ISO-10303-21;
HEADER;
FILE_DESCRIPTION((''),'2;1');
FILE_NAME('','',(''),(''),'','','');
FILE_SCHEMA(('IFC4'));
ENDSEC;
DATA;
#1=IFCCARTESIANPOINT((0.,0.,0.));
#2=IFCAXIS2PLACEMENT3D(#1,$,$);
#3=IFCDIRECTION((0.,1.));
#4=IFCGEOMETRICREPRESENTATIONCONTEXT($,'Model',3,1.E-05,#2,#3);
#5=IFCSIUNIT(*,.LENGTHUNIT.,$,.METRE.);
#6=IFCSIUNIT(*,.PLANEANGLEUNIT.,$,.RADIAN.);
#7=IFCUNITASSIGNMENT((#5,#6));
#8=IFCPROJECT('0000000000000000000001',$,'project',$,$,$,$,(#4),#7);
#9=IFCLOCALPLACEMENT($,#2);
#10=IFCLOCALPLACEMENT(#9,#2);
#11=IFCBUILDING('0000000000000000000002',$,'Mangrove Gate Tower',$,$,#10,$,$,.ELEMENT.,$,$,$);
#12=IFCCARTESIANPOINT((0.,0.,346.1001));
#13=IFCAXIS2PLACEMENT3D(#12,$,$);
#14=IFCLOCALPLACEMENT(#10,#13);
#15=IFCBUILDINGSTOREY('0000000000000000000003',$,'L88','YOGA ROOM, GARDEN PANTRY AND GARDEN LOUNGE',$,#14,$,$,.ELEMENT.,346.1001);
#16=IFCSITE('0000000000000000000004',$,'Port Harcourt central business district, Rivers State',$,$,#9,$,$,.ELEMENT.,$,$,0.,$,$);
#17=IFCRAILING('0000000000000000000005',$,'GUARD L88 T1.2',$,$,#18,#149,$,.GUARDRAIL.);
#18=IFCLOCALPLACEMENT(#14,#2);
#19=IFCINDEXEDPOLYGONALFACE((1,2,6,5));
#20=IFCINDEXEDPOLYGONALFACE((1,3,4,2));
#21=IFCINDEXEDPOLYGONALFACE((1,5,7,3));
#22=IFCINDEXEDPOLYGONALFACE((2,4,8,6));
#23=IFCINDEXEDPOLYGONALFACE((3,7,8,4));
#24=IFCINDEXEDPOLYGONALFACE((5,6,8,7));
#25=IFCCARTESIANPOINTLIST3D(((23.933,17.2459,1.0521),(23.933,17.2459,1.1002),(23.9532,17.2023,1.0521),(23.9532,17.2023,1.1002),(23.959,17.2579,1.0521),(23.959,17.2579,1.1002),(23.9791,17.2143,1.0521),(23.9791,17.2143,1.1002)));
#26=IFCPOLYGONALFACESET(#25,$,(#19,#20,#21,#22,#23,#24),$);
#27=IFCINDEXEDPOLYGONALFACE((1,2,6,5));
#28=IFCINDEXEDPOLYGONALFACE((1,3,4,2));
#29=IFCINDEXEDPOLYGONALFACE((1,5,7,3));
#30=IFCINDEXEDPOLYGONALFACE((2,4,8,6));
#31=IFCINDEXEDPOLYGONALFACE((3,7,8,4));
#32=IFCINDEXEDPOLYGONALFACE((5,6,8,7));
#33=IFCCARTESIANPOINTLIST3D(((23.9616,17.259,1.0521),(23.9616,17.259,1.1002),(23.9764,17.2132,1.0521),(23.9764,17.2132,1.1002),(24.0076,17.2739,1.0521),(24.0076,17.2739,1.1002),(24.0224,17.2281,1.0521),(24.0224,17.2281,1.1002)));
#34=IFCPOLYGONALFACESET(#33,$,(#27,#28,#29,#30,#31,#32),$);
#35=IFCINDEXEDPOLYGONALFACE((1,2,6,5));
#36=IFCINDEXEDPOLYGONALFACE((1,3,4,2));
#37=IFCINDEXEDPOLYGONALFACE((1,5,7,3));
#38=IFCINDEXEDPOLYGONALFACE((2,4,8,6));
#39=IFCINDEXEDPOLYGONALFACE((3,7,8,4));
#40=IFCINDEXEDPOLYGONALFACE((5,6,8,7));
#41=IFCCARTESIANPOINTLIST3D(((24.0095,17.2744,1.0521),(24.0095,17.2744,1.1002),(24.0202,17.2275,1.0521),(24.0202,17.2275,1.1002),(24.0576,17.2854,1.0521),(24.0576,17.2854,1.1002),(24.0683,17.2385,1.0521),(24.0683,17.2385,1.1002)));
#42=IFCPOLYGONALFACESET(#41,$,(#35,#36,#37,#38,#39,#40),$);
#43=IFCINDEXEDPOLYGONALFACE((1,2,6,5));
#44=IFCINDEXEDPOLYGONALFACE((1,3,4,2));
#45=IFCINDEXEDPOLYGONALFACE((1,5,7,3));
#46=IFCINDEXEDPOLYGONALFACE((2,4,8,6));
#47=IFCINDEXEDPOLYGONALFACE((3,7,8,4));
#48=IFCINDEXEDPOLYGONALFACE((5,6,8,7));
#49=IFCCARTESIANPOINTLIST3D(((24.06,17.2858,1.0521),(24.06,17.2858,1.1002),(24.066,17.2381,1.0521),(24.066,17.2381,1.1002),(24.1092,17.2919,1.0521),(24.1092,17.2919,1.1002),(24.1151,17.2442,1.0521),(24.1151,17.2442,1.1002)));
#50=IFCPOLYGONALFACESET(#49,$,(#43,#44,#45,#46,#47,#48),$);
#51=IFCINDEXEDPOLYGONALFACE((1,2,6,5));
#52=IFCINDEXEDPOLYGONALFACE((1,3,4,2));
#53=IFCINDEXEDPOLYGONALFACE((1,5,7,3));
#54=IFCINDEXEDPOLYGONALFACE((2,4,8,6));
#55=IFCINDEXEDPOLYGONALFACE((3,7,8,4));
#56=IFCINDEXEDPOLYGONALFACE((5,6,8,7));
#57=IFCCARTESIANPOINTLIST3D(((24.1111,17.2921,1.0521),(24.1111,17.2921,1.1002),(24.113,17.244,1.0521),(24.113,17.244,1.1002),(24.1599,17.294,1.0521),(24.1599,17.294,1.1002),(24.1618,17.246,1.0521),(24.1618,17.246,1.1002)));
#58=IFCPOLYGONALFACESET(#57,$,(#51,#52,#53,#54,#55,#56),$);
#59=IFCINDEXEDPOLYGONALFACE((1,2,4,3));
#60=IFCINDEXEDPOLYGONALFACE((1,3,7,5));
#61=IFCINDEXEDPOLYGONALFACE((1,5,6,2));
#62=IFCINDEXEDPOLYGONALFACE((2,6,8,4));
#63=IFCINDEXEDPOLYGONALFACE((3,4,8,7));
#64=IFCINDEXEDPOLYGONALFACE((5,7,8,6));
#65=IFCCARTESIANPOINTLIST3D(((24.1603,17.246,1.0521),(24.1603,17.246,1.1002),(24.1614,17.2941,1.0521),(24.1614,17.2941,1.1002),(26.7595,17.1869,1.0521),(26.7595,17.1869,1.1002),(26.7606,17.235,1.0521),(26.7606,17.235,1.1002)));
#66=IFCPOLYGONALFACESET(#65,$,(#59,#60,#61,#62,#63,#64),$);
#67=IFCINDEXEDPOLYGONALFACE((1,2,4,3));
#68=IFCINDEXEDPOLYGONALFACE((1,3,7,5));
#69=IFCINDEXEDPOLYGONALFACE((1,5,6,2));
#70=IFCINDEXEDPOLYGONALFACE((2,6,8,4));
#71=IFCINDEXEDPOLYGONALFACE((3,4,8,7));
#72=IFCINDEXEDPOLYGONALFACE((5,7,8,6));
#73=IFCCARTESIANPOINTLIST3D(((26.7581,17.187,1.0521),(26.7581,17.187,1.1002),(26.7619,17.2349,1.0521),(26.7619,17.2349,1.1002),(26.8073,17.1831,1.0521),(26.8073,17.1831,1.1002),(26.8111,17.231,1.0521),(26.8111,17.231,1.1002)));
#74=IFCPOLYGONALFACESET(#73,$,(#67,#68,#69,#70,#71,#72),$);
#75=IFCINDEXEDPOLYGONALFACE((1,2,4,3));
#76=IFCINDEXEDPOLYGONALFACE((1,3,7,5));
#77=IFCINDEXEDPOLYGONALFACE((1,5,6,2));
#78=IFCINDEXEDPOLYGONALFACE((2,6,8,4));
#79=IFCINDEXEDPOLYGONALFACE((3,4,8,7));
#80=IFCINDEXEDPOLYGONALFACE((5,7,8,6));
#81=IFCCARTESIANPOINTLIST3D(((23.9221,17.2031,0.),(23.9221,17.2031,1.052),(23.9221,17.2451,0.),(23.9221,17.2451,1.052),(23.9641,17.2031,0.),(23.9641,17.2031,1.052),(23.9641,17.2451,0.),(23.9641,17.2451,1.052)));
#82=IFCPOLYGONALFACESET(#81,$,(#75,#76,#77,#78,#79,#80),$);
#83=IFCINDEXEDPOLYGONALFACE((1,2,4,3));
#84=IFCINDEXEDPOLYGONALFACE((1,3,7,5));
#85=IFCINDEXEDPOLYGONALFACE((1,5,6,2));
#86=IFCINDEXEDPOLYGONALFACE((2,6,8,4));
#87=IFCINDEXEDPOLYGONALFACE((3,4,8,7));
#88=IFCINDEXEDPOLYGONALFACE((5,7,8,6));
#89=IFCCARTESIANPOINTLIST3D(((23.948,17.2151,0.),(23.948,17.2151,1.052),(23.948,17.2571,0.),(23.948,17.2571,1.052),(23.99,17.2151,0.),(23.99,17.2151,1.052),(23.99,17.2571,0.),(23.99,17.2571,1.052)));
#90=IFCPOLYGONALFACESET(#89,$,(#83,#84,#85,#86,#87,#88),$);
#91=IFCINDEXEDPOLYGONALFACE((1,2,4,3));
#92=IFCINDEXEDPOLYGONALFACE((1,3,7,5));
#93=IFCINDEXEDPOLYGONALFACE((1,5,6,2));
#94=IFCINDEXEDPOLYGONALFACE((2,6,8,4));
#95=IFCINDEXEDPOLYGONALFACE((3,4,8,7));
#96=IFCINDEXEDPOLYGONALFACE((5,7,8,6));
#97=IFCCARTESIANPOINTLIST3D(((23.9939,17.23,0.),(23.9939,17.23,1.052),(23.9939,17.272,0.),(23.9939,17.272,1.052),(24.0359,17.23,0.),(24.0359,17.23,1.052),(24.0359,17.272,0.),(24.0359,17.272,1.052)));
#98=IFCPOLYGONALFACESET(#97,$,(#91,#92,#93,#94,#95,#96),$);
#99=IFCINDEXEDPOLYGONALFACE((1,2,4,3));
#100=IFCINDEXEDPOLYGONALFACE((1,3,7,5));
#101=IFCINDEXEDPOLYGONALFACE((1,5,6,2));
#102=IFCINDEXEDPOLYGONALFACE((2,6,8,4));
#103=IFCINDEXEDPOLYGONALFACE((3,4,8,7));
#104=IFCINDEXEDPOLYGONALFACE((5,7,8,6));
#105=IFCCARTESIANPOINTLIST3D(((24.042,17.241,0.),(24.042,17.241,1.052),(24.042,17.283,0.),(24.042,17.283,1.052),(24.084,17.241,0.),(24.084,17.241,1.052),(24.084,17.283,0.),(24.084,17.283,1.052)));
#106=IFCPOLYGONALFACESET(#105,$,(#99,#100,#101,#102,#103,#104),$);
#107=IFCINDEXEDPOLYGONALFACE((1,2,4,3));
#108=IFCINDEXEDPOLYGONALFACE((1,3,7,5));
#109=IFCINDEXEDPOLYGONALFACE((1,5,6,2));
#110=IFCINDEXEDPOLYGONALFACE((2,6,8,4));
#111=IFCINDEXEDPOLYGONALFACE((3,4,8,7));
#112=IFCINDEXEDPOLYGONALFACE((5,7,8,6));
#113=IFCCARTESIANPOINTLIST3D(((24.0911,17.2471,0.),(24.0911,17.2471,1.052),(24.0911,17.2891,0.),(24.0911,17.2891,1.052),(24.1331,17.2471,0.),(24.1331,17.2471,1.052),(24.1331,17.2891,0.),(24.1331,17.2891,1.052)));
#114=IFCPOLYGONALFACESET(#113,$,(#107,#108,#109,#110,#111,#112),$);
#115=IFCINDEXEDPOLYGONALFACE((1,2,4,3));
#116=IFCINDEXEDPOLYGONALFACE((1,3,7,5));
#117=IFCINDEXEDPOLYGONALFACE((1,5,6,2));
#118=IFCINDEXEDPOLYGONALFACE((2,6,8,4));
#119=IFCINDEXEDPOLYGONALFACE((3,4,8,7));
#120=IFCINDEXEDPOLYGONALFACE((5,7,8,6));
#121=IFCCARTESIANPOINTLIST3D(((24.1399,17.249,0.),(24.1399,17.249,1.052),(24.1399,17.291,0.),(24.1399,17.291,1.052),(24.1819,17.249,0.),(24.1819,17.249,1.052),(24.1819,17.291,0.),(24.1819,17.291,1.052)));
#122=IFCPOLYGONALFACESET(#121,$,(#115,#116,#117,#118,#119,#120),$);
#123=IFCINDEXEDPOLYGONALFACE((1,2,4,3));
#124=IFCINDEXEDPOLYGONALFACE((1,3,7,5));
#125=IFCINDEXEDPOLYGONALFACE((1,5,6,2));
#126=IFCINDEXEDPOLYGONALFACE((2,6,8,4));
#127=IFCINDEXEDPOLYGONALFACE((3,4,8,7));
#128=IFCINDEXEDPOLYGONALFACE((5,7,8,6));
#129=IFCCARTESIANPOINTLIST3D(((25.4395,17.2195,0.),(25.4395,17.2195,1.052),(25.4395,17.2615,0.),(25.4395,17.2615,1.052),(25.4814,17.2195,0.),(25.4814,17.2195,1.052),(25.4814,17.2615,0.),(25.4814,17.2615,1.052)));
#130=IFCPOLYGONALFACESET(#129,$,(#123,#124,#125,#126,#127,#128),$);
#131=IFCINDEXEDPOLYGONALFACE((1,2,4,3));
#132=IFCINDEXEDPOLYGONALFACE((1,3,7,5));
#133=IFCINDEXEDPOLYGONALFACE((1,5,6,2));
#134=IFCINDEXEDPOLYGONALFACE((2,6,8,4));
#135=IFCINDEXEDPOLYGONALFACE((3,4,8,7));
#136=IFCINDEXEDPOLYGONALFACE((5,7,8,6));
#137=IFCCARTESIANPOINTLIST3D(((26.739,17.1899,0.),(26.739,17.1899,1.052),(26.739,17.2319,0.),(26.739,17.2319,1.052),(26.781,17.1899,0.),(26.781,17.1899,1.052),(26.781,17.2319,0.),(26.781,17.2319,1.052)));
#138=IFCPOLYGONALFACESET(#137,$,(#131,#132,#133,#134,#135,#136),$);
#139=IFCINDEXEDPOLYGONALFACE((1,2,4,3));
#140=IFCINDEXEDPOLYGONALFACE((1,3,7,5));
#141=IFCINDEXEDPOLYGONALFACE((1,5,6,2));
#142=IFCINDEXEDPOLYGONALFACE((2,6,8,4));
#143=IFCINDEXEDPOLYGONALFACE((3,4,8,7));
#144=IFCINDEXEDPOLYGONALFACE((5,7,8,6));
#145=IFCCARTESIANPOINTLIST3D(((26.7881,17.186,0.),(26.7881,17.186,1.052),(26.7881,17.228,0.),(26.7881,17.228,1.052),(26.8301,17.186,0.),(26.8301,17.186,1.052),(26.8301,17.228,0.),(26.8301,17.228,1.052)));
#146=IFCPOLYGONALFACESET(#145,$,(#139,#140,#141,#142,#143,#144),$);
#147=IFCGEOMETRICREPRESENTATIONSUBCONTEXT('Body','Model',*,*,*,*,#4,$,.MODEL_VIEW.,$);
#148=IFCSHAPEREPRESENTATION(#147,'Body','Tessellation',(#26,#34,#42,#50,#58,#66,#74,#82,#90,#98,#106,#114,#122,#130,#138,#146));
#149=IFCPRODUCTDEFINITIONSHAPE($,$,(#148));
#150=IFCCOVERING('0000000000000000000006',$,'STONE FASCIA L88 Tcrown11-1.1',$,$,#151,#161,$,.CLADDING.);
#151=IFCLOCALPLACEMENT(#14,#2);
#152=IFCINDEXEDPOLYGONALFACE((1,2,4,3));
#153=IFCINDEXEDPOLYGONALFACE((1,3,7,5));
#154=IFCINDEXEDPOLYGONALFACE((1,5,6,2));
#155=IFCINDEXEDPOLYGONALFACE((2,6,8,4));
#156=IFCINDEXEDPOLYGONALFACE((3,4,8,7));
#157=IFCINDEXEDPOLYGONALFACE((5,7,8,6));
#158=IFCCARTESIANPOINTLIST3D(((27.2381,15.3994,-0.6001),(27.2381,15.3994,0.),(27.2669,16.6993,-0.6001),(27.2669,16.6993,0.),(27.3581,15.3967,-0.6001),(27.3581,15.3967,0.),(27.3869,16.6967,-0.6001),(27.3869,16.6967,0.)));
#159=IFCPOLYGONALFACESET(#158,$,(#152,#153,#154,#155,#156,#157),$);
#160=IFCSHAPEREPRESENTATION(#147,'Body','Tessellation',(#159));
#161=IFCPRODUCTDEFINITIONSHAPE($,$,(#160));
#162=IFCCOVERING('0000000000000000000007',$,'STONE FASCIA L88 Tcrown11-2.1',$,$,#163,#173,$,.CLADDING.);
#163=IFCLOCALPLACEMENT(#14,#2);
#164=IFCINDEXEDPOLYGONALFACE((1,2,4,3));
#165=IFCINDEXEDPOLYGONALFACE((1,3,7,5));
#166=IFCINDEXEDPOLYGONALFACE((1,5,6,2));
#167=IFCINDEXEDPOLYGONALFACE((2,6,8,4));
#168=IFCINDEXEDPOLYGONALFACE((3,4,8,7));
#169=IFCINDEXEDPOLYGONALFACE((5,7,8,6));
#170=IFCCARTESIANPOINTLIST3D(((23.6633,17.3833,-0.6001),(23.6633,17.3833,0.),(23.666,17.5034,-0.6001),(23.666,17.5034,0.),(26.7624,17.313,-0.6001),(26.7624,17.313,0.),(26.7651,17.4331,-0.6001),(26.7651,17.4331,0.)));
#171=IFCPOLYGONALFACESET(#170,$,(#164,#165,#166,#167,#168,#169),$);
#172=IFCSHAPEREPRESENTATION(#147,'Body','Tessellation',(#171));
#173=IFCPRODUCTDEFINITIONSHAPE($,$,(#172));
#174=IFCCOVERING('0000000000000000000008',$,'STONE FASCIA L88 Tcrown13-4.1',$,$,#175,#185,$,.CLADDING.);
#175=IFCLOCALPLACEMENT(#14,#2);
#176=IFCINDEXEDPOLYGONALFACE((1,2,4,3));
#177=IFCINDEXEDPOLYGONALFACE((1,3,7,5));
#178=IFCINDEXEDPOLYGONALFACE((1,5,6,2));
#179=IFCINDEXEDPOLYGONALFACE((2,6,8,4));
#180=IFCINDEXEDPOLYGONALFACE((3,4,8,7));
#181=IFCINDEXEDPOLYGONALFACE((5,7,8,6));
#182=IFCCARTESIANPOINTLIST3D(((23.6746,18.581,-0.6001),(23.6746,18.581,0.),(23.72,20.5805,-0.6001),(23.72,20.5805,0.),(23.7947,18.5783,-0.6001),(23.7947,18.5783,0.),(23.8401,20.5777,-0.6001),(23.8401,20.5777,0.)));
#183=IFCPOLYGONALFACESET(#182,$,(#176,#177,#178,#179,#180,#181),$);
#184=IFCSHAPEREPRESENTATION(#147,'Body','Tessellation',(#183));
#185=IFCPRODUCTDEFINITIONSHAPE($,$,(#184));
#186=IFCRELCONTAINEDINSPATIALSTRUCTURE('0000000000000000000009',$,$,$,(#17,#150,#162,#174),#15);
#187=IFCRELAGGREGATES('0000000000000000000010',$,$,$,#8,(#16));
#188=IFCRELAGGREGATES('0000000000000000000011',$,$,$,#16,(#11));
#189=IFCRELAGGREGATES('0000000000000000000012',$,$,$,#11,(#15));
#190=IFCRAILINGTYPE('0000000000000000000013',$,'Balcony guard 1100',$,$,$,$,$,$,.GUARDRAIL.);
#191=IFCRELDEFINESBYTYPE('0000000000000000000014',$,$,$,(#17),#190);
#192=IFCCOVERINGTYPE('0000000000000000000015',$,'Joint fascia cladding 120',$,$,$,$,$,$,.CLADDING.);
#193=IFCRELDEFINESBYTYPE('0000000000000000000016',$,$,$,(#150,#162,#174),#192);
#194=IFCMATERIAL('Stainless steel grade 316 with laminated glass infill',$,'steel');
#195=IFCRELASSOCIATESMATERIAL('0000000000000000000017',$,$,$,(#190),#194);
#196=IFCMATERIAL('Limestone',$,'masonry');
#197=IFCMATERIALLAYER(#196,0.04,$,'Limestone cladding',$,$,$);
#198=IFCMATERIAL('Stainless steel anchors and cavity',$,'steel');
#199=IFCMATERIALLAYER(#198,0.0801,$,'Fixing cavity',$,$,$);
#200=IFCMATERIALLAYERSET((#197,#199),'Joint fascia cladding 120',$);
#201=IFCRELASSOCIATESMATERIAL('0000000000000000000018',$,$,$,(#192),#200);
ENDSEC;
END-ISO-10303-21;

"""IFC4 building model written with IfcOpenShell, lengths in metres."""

from ifc_helpers import new_model, si_unit, direction, frame, frame_2d, origin, origin_2d, place, context, subcontext, project, spatial, rectangle, extrude, material, layer, layer_set, type_object, element, save


model = new_model("IFC4")

# Units and contexts
model_context = context("Model", 3, precision=1e-05, world=origin(), true_north=direction((0.0, 1.0)))
body_context = subcontext(model_context, "Body", "Model", "MODEL_VIEW")
ifc_project = project(units=[si_unit("LENGTHUNIT", "METRE"), si_unit("PLANEANGLEUNIT", "RADIAN")], contexts=[model_context])

# Site, building, storey
site_placement = place(None, origin())
site = spatial("IfcSite", under=ifc_project, at=site_placement, Name="Port Harcourt central business district, Rivers State", CompositionType="ELEMENT", RefElevation=0.0)
building_placement = place(site_placement, origin())
building = spatial("IfcBuilding", under=site, at=building_placement, Name="Mangrove Gate Tower", CompositionType="ELEMENT")
storey_placement = place(building_placement, frame((0.0, 0.0, 346.1001)))
storey = spatial("IfcBuildingStorey", under=building, at=storey_placement, Name="L88", Description="YOGA ROOM, GARDEN PANTRY AND GARDEN LOUNGE", CompositionType="ELEMENT", Elevation=346.1001)

# Shared definitions
ifc_material_1 = material(Name="Limestone", Category="masonry")

# Railing
ifc_material_2 = material(Name="Stainless steel grade 316 with laminated glass infill", Category="steel")
railing_type = type_object("IfcRailingType", Name="Balcony guard 1100", PredefinedType="GUARDRAIL", material=ifc_material_2)
railing_1_placement = place(storey_placement, frame((23.9431, 17.2241, 0.0)))
element("IfcRailing", 1, at=railing_1_placement, inside=storey, type_object=railing_type, Name="GUARD L88 T1.2", PredefinedType="GUARDRAIL", context=body_context, shape_type="SweptSolid", body=[
    extrude(rectangle(XDim=0.0481, YDim=0.0481, at=origin_2d()), frame((0.0, 0.0, 1.0762), z_axis=(0.907709, 0.419601, 0.0), x_axis=(-0.419601, 0.907709, 0.0)), (0.0, 0.0, 1.0), 0.0286),
    extrude(rectangle(XDim=0.0481, YDim=0.0481, at=origin_2d()), frame((0.0259, 0.012, 1.0762), z_axis=(0.951183, 0.308628, 0.0), x_axis=(-0.308628, 0.951183, 0.0)), (0.0, 0.0, 1.0), 0.0483),
    extrude(rectangle(XDim=0.0481, YDim=0.0481, at=origin_2d()), frame((0.0718, 0.0269, 1.0762), z_axis=(0.974889, 0.22269, 0.0), x_axis=(-0.22269, 0.974889, 0.0)), (0.0, 0.0, 1.0), 0.0493),
    extrude(rectangle(XDim=0.0481, YDim=0.0481, at=origin_2d()), frame((0.1199, 0.0378, 1.0762), z_axis=(0.992354, 0.123427, 0.0), x_axis=(-0.123427, 0.992354, 0.0)), (0.0, 0.0, 1.0), 0.0496),
    extrude(rectangle(XDim=0.0481, YDim=0.0481, at=origin_2d()), frame((0.1689, 0.0439, 1.0762), z_axis=(0.999201, 0.039968, 0.0), x_axis=(-0.039968, 0.999201, 0.0)), (0.0, 0.0, 1.0), 0.0488),
    extrude(rectangle(XDim=0.0481, YDim=0.0481, at=origin_2d()), frame((0.2178, 0.0459, 1.0762), z_axis=(0.999742, -0.022726, 0.0), x_axis=(0.022726, 0.999742, 0.0)), (0.0, 0.0, 1.0), 2.5999),
    extrude(rectangle(XDim=0.0481, YDim=0.0481, at=origin_2d()), frame((2.8169, -0.0132, 1.0762), z_axis=(0.996847, -0.079351, 0.0), x_axis=(0.079351, 0.996847, 0.0)), (0.0, 0.0, 1.0), 0.0493),
    extrude(rectangle(XDim=0.042, YDim=0.042, at=origin_2d()), origin(), (0.0, 0.0, 1.0), 1.052),
    extrude(rectangle(XDim=0.042, YDim=0.042, at=origin_2d()), frame((0.0259, 0.012, 0.0)), (0.0, 0.0, 1.0), 1.052),
    extrude(rectangle(XDim=0.042, YDim=0.042, at=origin_2d()), frame((0.0718, 0.0269, 0.0)), (0.0, 0.0, 1.0), 1.052),
    extrude(rectangle(XDim=0.042, YDim=0.042, at=origin_2d()), frame((0.1199, 0.0378, 0.0)), (0.0, 0.0, 1.0), 1.052),
    extrude(rectangle(XDim=0.042, YDim=0.042, at=origin_2d()), frame((0.1689, 0.0439, 0.0)), (0.0, 0.0, 1.0), 1.052),
    extrude(rectangle(XDim=0.042, YDim=0.042, at=origin_2d()), frame((0.2178, 0.0459, 0.0)), (0.0, 0.0, 1.0), 1.052),
    extrude(rectangle(XDim=0.042, YDim=0.042, at=origin_2d()), frame((1.5173, 0.0164, 0.0)), (0.0, 0.0, 1.0), 1.052),
    extrude(rectangle(XDim=0.042, YDim=0.042, at=origin_2d()), frame((2.8169, -0.0132, 0.0)), (0.0, 0.0, 1.0), 1.052),
    extrude(rectangle(XDim=0.042, YDim=0.042, at=origin_2d()), frame((2.866, -0.0171, 0.0)), (0.0, 0.0, 1.0), 1.052),
])

# Coverings
ifc_layer_1 = layer(ifc_material_1, 0.04, Name="Limestone cladding")
ifc_material_3 = material(Name="Stainless steel anchors and cavity", Category="steel")
ifc_layer_2 = layer(ifc_material_3, 0.0801, Name="Fixing cavity")
ifc_layer_set_1 = layer_set([ifc_layer_1, ifc_layer_2], Name="Joint fascia cladding 120")
covering_type = type_object("IfcCoveringType", Name="Joint fascia cladding 120", PredefinedType="CLADDING", material=ifc_layer_set_1)
covering_1_placement = place(storey_placement, frame((27.3269, 16.698, -0.6001), z_axis=(0.0, 0.0, 1.0), x_axis=(-0.022154, -0.999755, 0.0)))
element("IfcCovering", 2, at=covering_1_placement, inside=storey, type_object=covering_type, Name="STONE FASCIA L88 Tcrown11-1.1", PredefinedType="CLADDING", context=body_context, shape_type="SweptSolid", body=[
    extrude(rectangle(XDim=1.3003, YDim=0.1201, at=frame_2d((0.6501, 0.0))), origin(), (0.0, 0.0, 1.0), 0.6001),
])
covering_2_placement = place(storey_placement, frame((23.6648, 17.4434, -0.6001), z_axis=(0.0, 0.0, 1.0), x_axis=(0.999743, -0.022682, 0.0)))
element("IfcCovering", 3, at=covering_2_placement, inside=storey, type_object=covering_type, Name="STONE FASCIA L88 Tcrown11-2.1", PredefinedType="CLADDING", context=body_context, shape_type="SweptSolid", body=[
    extrude(rectangle(XDim=3.0999, YDim=0.1201, at=frame_2d((1.5498, 0.0))), origin(), (0.0, 0.0, 1.0), 0.6001),
])
covering_3_placement = place(storey_placement, frame((23.78, 20.5791, -0.6001), z_axis=(0.0, 0.0, 1.0), x_axis=(-0.022705, -0.999742, 0.0)))
element("IfcCovering", 4, at=covering_3_placement, inside=storey, type_object=covering_type, Name="STONE FASCIA L88 Tcrown13-4.1", PredefinedType="CLADDING", context=body_context, shape_type="SweptSolid", body=[
    extrude(rectangle(XDim=2.0, YDim=0.1201, at=frame_2d((1.0, 0.0))), origin(), (0.0, 0.0, 1.0), 0.6001),
])

save(model, "model.ifc")
